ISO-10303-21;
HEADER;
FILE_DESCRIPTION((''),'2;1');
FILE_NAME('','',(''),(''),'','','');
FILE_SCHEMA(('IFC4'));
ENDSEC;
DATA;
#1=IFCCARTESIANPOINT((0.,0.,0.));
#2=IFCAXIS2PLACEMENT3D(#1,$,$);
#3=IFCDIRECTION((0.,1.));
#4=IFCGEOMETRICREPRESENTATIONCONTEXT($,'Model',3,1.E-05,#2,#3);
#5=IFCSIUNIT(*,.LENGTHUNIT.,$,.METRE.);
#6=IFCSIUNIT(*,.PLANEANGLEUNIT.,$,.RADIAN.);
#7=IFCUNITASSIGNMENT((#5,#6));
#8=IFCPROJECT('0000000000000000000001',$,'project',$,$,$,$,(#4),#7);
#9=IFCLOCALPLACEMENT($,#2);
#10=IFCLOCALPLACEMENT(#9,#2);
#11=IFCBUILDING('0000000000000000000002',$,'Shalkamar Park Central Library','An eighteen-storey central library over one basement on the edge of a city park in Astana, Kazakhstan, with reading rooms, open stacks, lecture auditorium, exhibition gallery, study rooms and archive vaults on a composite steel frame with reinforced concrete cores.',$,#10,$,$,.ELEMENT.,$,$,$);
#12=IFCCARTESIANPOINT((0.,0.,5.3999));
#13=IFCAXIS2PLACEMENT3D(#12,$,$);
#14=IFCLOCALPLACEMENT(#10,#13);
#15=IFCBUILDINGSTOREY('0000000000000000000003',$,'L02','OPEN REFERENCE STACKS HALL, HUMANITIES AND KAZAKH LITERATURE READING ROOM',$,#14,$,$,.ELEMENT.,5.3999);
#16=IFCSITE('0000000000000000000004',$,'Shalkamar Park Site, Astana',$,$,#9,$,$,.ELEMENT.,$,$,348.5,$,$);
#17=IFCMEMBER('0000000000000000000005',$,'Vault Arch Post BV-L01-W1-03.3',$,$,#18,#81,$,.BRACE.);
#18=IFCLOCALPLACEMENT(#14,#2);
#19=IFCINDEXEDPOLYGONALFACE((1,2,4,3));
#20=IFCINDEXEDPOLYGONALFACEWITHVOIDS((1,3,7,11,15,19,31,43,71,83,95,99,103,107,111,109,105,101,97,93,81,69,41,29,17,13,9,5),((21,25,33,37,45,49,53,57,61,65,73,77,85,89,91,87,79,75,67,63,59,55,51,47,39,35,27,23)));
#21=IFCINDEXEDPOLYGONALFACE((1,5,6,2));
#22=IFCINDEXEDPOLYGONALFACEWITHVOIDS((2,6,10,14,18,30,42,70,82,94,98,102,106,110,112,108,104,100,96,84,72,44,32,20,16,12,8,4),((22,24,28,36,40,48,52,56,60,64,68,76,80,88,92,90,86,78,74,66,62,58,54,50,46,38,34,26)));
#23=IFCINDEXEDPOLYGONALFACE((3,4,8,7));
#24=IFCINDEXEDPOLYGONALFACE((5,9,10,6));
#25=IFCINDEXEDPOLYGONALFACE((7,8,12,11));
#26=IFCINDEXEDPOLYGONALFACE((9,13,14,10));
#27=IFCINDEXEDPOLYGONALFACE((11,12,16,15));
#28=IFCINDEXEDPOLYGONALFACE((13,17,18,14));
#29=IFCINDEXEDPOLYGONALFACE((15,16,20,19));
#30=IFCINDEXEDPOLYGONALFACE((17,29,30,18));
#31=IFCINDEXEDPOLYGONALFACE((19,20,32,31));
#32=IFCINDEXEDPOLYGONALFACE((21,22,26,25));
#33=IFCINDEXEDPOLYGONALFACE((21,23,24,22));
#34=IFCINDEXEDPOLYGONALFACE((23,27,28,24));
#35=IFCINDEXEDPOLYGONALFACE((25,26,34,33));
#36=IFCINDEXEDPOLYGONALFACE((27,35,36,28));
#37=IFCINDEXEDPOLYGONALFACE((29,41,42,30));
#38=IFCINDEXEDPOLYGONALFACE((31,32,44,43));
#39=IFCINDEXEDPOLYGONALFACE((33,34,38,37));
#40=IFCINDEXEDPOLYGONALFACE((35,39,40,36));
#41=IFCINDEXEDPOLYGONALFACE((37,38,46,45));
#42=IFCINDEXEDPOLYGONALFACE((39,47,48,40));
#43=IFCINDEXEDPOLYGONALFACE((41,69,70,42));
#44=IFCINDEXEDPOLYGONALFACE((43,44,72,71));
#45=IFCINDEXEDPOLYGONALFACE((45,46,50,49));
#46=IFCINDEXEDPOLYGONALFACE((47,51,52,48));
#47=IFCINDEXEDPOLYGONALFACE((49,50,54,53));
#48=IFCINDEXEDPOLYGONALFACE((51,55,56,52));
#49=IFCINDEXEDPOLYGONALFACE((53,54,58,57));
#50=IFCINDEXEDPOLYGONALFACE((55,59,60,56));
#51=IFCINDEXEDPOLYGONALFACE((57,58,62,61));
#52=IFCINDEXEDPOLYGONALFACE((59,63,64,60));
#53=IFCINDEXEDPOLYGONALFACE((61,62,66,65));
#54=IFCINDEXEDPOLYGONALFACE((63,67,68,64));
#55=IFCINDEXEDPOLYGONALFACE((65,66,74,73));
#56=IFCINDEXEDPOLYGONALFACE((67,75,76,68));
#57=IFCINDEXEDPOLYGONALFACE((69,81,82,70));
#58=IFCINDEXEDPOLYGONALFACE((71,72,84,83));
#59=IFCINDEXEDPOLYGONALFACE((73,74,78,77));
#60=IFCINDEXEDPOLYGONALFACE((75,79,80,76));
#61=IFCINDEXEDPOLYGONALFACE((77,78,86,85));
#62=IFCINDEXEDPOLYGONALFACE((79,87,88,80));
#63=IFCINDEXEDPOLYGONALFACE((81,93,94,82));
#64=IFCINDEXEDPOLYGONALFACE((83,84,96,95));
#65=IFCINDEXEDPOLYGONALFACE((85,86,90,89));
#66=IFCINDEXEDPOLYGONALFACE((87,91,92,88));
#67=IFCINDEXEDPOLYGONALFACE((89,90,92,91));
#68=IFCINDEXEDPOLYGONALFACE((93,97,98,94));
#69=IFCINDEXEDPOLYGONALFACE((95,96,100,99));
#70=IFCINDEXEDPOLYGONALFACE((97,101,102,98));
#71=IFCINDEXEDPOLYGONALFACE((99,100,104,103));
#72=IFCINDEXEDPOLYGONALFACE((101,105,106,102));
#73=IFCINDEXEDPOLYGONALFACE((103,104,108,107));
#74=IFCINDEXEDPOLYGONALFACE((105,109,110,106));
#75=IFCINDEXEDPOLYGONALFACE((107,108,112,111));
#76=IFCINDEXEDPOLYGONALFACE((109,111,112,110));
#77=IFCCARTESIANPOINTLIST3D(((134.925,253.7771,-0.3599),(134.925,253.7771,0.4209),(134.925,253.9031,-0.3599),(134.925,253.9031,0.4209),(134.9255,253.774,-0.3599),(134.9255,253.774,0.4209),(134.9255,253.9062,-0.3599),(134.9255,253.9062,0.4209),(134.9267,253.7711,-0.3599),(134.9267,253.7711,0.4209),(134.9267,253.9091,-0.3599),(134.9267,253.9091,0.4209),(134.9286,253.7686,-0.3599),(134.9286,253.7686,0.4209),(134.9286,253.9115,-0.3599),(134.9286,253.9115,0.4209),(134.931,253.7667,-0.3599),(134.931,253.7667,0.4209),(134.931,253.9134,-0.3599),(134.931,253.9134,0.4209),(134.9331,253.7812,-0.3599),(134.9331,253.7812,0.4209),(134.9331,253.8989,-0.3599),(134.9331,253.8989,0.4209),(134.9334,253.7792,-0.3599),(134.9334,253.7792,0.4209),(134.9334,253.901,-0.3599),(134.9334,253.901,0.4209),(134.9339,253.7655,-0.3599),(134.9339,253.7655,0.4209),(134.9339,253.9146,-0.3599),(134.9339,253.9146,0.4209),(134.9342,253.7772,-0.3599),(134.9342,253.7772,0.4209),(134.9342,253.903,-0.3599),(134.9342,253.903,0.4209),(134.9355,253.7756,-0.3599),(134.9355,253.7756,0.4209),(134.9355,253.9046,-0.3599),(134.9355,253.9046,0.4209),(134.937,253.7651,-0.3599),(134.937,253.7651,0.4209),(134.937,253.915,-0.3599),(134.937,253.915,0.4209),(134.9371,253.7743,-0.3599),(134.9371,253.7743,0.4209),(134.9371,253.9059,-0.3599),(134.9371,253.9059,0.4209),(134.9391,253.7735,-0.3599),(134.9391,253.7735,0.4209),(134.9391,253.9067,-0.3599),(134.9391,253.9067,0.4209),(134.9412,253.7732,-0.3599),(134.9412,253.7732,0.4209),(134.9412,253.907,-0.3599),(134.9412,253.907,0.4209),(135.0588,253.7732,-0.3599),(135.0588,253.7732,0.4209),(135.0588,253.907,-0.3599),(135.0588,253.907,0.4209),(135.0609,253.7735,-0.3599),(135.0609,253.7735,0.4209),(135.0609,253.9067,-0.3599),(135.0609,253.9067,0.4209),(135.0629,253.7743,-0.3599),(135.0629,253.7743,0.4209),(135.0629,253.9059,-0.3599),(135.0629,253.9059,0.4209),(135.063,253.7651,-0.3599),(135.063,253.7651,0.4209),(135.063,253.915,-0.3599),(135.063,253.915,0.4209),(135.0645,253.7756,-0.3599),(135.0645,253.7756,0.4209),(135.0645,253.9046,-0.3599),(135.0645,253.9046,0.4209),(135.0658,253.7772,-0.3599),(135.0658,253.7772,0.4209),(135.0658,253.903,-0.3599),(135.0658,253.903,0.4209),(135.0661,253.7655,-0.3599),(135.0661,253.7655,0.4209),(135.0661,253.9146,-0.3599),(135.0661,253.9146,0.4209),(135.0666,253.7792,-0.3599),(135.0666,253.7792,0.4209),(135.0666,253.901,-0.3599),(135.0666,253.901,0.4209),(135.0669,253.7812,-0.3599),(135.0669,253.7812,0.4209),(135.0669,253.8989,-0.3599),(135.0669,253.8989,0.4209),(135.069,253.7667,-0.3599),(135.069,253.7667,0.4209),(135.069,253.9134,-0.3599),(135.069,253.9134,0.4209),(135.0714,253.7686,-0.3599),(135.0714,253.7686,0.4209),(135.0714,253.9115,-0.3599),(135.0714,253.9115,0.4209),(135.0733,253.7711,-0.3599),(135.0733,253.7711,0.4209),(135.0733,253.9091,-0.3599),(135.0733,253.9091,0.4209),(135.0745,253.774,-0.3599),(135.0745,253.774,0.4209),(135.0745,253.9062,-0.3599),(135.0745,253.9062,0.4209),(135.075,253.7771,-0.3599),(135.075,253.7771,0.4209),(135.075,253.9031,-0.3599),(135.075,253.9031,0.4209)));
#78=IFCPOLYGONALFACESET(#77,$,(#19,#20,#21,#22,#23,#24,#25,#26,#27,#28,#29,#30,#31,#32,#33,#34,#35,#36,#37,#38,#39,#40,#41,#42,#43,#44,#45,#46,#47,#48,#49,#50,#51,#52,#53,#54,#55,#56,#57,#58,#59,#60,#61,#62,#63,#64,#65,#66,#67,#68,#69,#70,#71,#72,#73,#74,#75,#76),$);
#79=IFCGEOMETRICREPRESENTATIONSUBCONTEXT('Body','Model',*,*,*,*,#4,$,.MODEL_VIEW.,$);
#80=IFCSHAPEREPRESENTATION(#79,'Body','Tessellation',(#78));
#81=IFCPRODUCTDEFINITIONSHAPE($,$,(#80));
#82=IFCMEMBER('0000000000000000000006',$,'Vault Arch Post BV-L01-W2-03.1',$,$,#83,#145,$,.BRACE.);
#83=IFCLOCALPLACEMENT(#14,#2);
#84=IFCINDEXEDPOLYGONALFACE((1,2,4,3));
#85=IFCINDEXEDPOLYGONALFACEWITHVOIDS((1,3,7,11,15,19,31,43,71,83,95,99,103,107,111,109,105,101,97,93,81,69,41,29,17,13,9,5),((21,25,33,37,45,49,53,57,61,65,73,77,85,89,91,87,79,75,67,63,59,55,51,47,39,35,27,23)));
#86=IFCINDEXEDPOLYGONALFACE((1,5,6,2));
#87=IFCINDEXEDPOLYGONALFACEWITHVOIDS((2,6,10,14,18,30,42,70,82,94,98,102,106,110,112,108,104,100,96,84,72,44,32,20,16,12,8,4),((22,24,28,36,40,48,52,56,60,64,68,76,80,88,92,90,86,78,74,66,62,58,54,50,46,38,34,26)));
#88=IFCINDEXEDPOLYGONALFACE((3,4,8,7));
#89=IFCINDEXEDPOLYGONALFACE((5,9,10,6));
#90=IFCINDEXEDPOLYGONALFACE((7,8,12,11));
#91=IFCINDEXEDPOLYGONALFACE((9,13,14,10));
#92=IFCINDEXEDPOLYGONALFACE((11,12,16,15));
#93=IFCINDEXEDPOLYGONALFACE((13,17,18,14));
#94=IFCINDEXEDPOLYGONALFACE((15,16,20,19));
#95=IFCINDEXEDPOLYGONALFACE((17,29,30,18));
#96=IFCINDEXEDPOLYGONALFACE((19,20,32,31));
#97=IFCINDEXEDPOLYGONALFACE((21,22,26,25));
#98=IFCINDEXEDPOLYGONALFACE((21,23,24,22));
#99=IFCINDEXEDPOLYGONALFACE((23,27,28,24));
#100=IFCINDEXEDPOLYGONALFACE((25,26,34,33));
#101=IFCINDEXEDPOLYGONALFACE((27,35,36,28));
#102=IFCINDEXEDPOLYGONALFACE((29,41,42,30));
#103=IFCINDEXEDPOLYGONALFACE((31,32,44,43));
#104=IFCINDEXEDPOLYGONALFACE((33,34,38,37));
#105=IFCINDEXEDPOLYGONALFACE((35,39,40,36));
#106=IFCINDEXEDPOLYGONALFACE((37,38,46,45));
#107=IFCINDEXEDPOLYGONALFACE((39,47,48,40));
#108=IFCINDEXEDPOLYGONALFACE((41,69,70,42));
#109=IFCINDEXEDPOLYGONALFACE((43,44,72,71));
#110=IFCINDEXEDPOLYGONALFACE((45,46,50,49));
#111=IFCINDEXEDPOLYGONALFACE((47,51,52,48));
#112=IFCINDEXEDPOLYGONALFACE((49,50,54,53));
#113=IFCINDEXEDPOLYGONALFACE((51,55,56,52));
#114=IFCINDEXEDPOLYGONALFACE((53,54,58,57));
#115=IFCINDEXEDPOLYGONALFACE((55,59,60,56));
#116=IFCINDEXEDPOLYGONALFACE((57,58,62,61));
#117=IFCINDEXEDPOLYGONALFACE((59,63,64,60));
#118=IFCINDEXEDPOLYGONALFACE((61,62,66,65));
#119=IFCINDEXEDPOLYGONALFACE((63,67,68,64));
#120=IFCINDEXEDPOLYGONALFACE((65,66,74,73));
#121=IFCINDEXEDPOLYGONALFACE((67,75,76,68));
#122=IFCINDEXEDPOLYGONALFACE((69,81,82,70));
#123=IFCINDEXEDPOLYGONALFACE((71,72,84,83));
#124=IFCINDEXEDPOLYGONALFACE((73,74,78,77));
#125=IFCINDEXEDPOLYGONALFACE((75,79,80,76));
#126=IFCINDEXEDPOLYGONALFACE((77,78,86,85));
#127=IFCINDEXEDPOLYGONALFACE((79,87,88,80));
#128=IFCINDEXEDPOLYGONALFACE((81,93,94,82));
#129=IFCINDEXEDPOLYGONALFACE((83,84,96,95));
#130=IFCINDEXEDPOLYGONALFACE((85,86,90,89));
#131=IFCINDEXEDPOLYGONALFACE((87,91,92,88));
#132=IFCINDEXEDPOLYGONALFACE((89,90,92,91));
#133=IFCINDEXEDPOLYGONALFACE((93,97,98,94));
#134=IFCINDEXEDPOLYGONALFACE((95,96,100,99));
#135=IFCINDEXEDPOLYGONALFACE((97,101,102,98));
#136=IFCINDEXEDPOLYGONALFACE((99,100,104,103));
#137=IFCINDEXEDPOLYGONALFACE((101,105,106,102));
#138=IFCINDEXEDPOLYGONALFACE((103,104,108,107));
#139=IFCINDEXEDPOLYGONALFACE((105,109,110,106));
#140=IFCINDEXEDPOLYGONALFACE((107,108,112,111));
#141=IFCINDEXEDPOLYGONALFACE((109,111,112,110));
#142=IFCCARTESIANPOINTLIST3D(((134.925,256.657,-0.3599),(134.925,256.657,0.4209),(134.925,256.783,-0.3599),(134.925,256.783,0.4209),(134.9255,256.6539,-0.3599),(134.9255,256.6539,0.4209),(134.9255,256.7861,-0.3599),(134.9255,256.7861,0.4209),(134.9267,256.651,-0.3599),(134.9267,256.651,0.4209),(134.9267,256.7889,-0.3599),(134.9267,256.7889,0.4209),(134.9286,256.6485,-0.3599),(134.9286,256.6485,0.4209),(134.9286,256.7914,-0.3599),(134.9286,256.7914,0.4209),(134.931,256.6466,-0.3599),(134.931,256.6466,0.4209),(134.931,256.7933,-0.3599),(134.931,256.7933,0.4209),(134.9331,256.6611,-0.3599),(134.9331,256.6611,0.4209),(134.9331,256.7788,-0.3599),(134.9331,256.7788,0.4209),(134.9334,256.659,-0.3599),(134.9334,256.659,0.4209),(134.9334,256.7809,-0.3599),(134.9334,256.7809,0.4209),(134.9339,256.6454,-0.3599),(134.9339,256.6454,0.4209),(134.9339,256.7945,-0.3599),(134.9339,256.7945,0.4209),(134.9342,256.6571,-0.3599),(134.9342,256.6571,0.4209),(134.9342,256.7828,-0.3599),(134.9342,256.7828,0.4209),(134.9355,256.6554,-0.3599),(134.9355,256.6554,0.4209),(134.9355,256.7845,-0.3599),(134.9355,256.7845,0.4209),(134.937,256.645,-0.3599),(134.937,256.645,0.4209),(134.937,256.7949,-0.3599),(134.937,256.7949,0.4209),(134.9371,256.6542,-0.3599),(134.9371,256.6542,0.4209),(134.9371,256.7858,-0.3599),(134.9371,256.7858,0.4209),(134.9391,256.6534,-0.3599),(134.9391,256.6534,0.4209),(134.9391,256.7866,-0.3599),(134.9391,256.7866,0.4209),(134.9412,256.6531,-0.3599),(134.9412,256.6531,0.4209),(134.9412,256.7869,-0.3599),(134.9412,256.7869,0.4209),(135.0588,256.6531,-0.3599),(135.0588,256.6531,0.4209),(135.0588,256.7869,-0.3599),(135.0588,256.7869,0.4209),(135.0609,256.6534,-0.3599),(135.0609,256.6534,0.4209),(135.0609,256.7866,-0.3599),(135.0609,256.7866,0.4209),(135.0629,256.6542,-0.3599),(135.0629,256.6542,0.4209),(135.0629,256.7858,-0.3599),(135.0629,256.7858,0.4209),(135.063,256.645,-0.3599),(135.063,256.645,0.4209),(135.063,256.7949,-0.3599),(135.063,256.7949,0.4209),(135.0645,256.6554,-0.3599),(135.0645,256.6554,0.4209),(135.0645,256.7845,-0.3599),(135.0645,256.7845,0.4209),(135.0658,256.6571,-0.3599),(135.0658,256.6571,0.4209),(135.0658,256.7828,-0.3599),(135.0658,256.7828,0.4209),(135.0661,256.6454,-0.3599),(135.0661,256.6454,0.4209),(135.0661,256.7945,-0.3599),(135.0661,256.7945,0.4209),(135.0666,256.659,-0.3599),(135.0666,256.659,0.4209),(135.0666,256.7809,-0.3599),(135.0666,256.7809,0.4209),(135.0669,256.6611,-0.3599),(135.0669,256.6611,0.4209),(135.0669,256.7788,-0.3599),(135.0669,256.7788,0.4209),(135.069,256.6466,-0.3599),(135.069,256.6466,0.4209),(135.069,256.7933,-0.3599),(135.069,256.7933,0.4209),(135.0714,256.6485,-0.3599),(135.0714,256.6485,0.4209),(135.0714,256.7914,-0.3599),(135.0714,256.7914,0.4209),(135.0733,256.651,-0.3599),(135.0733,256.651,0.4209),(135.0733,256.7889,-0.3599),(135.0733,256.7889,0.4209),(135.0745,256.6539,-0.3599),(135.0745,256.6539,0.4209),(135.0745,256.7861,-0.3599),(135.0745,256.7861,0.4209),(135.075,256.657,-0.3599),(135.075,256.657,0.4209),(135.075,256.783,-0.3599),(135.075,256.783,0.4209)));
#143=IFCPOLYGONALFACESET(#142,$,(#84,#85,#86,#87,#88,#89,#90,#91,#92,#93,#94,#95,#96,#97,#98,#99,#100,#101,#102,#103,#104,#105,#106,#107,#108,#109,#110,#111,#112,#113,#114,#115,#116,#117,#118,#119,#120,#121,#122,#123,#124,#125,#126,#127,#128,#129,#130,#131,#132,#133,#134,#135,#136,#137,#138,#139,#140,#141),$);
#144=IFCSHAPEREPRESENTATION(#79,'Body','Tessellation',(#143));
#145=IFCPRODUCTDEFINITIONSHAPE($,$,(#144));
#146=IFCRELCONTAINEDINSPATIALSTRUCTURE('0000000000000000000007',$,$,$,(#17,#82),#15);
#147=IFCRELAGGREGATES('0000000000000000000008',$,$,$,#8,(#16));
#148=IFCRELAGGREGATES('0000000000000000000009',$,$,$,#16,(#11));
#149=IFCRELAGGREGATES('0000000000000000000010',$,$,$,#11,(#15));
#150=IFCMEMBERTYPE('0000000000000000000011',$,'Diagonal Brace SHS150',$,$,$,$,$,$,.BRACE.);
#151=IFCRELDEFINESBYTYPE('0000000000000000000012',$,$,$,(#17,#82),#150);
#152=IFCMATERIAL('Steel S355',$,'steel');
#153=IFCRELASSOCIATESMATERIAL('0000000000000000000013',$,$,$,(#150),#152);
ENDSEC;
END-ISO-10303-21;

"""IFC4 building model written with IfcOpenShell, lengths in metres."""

from ifc_helpers import new_model, si_unit, direction, frame, origin, origin_2d, place, context, subcontext, project, spatial, hollow_rectangle, extrude, material, material_profile, profile_set, type_object, element, save


model = new_model("IFC4")

# Units and contexts
model_context = context("Model", 3, precision=1e-05, world=origin(), true_north=direction((0.0, 1.0)))
body_context = subcontext(model_context, "Body", "Model", "MODEL_VIEW")
ifc_project = project(units=[si_unit("LENGTHUNIT", "METRE"), si_unit("PLANEANGLEUNIT", "RADIAN")], contexts=[model_context])

# Site, building, storey
site_placement = place(None, origin())
site = spatial("IfcSite", under=ifc_project, at=site_placement, Name="Shalkamar Park Site, Astana", CompositionType="ELEMENT", RefElevation=348.5)
building_placement = place(site_placement, origin())
building = spatial("IfcBuilding", under=site, at=building_placement, Name="Shalkamar Park Central Library", Description="An eighteen-storey central library over one basement on the edge of a city park in Astana, Kazakhstan, with reading rooms, open stacks, lecture auditorium, exhibition gallery, study rooms and archive vaults on a composite steel frame with reinforced concrete cores.", CompositionType="ELEMENT")
storey_placement = place(building_placement, frame((0.0, 0.0, 5.3999)))
storey = spatial("IfcBuildingStorey", under=building, at=storey_placement, Name="L02", Description="OPEN REFERENCE STACKS HALL, HUMANITIES AND KAZAKH LITERATURE READING ROOM", CompositionType="ELEMENT", Elevation=5.3999)

# Shared definitions
ifc_material_1 = material(Name="Steel S355", Category="steel")

# Members
ifc_material_profile_1 = material_profile(ifc_material_1, hollow_rectangle(XDim=0.1499, YDim=0.1499, WallThickness=0.0081, InnerFilletRadius=0.0081, OuterFilletRadius=0.012, at=origin_2d()), Name="SHS 150x150x8")
ifc_profile_set_1 = profile_set([ifc_material_profile_1], Name="Steel S355")
member_type = type_object("IfcMemberType", Name="Diagonal Brace SHS150", PredefinedType="BRACE", material=ifc_profile_set_1)
for number, where, z_axis, x_axis, name in (
    (1, (135.0, 253.8401, -0.3599), (0.0, 0.0, 1.0), (1.0, 0.0, 0.0), "Vault Arch Post BV-L01-W1-03.3"),
    (2, (135.0, 256.72, -0.3599), (0.0, 0.0, 1.0), (1.0, 0.0, 0.0), "Vault Arch Post BV-L01-W2-03.1"),
):
    element("IfcMember", number, at=place(storey_placement, frame(where, z_axis=z_axis, x_axis=x_axis)), inside=storey, type_object=member_type, Name=name, PredefinedType="BRACE", context=body_context, shape_type="SweptSolid", body=[
        extrude(hollow_rectangle(XDim=0.1499, YDim=0.1499, WallThickness=0.0081, InnerFilletRadius=0.0081, OuterFilletRadius=0.012, at=origin_2d()), origin(), (0.0, 0.0, 1.0), 0.7808),
    ])

save(model, "model.ifc")
